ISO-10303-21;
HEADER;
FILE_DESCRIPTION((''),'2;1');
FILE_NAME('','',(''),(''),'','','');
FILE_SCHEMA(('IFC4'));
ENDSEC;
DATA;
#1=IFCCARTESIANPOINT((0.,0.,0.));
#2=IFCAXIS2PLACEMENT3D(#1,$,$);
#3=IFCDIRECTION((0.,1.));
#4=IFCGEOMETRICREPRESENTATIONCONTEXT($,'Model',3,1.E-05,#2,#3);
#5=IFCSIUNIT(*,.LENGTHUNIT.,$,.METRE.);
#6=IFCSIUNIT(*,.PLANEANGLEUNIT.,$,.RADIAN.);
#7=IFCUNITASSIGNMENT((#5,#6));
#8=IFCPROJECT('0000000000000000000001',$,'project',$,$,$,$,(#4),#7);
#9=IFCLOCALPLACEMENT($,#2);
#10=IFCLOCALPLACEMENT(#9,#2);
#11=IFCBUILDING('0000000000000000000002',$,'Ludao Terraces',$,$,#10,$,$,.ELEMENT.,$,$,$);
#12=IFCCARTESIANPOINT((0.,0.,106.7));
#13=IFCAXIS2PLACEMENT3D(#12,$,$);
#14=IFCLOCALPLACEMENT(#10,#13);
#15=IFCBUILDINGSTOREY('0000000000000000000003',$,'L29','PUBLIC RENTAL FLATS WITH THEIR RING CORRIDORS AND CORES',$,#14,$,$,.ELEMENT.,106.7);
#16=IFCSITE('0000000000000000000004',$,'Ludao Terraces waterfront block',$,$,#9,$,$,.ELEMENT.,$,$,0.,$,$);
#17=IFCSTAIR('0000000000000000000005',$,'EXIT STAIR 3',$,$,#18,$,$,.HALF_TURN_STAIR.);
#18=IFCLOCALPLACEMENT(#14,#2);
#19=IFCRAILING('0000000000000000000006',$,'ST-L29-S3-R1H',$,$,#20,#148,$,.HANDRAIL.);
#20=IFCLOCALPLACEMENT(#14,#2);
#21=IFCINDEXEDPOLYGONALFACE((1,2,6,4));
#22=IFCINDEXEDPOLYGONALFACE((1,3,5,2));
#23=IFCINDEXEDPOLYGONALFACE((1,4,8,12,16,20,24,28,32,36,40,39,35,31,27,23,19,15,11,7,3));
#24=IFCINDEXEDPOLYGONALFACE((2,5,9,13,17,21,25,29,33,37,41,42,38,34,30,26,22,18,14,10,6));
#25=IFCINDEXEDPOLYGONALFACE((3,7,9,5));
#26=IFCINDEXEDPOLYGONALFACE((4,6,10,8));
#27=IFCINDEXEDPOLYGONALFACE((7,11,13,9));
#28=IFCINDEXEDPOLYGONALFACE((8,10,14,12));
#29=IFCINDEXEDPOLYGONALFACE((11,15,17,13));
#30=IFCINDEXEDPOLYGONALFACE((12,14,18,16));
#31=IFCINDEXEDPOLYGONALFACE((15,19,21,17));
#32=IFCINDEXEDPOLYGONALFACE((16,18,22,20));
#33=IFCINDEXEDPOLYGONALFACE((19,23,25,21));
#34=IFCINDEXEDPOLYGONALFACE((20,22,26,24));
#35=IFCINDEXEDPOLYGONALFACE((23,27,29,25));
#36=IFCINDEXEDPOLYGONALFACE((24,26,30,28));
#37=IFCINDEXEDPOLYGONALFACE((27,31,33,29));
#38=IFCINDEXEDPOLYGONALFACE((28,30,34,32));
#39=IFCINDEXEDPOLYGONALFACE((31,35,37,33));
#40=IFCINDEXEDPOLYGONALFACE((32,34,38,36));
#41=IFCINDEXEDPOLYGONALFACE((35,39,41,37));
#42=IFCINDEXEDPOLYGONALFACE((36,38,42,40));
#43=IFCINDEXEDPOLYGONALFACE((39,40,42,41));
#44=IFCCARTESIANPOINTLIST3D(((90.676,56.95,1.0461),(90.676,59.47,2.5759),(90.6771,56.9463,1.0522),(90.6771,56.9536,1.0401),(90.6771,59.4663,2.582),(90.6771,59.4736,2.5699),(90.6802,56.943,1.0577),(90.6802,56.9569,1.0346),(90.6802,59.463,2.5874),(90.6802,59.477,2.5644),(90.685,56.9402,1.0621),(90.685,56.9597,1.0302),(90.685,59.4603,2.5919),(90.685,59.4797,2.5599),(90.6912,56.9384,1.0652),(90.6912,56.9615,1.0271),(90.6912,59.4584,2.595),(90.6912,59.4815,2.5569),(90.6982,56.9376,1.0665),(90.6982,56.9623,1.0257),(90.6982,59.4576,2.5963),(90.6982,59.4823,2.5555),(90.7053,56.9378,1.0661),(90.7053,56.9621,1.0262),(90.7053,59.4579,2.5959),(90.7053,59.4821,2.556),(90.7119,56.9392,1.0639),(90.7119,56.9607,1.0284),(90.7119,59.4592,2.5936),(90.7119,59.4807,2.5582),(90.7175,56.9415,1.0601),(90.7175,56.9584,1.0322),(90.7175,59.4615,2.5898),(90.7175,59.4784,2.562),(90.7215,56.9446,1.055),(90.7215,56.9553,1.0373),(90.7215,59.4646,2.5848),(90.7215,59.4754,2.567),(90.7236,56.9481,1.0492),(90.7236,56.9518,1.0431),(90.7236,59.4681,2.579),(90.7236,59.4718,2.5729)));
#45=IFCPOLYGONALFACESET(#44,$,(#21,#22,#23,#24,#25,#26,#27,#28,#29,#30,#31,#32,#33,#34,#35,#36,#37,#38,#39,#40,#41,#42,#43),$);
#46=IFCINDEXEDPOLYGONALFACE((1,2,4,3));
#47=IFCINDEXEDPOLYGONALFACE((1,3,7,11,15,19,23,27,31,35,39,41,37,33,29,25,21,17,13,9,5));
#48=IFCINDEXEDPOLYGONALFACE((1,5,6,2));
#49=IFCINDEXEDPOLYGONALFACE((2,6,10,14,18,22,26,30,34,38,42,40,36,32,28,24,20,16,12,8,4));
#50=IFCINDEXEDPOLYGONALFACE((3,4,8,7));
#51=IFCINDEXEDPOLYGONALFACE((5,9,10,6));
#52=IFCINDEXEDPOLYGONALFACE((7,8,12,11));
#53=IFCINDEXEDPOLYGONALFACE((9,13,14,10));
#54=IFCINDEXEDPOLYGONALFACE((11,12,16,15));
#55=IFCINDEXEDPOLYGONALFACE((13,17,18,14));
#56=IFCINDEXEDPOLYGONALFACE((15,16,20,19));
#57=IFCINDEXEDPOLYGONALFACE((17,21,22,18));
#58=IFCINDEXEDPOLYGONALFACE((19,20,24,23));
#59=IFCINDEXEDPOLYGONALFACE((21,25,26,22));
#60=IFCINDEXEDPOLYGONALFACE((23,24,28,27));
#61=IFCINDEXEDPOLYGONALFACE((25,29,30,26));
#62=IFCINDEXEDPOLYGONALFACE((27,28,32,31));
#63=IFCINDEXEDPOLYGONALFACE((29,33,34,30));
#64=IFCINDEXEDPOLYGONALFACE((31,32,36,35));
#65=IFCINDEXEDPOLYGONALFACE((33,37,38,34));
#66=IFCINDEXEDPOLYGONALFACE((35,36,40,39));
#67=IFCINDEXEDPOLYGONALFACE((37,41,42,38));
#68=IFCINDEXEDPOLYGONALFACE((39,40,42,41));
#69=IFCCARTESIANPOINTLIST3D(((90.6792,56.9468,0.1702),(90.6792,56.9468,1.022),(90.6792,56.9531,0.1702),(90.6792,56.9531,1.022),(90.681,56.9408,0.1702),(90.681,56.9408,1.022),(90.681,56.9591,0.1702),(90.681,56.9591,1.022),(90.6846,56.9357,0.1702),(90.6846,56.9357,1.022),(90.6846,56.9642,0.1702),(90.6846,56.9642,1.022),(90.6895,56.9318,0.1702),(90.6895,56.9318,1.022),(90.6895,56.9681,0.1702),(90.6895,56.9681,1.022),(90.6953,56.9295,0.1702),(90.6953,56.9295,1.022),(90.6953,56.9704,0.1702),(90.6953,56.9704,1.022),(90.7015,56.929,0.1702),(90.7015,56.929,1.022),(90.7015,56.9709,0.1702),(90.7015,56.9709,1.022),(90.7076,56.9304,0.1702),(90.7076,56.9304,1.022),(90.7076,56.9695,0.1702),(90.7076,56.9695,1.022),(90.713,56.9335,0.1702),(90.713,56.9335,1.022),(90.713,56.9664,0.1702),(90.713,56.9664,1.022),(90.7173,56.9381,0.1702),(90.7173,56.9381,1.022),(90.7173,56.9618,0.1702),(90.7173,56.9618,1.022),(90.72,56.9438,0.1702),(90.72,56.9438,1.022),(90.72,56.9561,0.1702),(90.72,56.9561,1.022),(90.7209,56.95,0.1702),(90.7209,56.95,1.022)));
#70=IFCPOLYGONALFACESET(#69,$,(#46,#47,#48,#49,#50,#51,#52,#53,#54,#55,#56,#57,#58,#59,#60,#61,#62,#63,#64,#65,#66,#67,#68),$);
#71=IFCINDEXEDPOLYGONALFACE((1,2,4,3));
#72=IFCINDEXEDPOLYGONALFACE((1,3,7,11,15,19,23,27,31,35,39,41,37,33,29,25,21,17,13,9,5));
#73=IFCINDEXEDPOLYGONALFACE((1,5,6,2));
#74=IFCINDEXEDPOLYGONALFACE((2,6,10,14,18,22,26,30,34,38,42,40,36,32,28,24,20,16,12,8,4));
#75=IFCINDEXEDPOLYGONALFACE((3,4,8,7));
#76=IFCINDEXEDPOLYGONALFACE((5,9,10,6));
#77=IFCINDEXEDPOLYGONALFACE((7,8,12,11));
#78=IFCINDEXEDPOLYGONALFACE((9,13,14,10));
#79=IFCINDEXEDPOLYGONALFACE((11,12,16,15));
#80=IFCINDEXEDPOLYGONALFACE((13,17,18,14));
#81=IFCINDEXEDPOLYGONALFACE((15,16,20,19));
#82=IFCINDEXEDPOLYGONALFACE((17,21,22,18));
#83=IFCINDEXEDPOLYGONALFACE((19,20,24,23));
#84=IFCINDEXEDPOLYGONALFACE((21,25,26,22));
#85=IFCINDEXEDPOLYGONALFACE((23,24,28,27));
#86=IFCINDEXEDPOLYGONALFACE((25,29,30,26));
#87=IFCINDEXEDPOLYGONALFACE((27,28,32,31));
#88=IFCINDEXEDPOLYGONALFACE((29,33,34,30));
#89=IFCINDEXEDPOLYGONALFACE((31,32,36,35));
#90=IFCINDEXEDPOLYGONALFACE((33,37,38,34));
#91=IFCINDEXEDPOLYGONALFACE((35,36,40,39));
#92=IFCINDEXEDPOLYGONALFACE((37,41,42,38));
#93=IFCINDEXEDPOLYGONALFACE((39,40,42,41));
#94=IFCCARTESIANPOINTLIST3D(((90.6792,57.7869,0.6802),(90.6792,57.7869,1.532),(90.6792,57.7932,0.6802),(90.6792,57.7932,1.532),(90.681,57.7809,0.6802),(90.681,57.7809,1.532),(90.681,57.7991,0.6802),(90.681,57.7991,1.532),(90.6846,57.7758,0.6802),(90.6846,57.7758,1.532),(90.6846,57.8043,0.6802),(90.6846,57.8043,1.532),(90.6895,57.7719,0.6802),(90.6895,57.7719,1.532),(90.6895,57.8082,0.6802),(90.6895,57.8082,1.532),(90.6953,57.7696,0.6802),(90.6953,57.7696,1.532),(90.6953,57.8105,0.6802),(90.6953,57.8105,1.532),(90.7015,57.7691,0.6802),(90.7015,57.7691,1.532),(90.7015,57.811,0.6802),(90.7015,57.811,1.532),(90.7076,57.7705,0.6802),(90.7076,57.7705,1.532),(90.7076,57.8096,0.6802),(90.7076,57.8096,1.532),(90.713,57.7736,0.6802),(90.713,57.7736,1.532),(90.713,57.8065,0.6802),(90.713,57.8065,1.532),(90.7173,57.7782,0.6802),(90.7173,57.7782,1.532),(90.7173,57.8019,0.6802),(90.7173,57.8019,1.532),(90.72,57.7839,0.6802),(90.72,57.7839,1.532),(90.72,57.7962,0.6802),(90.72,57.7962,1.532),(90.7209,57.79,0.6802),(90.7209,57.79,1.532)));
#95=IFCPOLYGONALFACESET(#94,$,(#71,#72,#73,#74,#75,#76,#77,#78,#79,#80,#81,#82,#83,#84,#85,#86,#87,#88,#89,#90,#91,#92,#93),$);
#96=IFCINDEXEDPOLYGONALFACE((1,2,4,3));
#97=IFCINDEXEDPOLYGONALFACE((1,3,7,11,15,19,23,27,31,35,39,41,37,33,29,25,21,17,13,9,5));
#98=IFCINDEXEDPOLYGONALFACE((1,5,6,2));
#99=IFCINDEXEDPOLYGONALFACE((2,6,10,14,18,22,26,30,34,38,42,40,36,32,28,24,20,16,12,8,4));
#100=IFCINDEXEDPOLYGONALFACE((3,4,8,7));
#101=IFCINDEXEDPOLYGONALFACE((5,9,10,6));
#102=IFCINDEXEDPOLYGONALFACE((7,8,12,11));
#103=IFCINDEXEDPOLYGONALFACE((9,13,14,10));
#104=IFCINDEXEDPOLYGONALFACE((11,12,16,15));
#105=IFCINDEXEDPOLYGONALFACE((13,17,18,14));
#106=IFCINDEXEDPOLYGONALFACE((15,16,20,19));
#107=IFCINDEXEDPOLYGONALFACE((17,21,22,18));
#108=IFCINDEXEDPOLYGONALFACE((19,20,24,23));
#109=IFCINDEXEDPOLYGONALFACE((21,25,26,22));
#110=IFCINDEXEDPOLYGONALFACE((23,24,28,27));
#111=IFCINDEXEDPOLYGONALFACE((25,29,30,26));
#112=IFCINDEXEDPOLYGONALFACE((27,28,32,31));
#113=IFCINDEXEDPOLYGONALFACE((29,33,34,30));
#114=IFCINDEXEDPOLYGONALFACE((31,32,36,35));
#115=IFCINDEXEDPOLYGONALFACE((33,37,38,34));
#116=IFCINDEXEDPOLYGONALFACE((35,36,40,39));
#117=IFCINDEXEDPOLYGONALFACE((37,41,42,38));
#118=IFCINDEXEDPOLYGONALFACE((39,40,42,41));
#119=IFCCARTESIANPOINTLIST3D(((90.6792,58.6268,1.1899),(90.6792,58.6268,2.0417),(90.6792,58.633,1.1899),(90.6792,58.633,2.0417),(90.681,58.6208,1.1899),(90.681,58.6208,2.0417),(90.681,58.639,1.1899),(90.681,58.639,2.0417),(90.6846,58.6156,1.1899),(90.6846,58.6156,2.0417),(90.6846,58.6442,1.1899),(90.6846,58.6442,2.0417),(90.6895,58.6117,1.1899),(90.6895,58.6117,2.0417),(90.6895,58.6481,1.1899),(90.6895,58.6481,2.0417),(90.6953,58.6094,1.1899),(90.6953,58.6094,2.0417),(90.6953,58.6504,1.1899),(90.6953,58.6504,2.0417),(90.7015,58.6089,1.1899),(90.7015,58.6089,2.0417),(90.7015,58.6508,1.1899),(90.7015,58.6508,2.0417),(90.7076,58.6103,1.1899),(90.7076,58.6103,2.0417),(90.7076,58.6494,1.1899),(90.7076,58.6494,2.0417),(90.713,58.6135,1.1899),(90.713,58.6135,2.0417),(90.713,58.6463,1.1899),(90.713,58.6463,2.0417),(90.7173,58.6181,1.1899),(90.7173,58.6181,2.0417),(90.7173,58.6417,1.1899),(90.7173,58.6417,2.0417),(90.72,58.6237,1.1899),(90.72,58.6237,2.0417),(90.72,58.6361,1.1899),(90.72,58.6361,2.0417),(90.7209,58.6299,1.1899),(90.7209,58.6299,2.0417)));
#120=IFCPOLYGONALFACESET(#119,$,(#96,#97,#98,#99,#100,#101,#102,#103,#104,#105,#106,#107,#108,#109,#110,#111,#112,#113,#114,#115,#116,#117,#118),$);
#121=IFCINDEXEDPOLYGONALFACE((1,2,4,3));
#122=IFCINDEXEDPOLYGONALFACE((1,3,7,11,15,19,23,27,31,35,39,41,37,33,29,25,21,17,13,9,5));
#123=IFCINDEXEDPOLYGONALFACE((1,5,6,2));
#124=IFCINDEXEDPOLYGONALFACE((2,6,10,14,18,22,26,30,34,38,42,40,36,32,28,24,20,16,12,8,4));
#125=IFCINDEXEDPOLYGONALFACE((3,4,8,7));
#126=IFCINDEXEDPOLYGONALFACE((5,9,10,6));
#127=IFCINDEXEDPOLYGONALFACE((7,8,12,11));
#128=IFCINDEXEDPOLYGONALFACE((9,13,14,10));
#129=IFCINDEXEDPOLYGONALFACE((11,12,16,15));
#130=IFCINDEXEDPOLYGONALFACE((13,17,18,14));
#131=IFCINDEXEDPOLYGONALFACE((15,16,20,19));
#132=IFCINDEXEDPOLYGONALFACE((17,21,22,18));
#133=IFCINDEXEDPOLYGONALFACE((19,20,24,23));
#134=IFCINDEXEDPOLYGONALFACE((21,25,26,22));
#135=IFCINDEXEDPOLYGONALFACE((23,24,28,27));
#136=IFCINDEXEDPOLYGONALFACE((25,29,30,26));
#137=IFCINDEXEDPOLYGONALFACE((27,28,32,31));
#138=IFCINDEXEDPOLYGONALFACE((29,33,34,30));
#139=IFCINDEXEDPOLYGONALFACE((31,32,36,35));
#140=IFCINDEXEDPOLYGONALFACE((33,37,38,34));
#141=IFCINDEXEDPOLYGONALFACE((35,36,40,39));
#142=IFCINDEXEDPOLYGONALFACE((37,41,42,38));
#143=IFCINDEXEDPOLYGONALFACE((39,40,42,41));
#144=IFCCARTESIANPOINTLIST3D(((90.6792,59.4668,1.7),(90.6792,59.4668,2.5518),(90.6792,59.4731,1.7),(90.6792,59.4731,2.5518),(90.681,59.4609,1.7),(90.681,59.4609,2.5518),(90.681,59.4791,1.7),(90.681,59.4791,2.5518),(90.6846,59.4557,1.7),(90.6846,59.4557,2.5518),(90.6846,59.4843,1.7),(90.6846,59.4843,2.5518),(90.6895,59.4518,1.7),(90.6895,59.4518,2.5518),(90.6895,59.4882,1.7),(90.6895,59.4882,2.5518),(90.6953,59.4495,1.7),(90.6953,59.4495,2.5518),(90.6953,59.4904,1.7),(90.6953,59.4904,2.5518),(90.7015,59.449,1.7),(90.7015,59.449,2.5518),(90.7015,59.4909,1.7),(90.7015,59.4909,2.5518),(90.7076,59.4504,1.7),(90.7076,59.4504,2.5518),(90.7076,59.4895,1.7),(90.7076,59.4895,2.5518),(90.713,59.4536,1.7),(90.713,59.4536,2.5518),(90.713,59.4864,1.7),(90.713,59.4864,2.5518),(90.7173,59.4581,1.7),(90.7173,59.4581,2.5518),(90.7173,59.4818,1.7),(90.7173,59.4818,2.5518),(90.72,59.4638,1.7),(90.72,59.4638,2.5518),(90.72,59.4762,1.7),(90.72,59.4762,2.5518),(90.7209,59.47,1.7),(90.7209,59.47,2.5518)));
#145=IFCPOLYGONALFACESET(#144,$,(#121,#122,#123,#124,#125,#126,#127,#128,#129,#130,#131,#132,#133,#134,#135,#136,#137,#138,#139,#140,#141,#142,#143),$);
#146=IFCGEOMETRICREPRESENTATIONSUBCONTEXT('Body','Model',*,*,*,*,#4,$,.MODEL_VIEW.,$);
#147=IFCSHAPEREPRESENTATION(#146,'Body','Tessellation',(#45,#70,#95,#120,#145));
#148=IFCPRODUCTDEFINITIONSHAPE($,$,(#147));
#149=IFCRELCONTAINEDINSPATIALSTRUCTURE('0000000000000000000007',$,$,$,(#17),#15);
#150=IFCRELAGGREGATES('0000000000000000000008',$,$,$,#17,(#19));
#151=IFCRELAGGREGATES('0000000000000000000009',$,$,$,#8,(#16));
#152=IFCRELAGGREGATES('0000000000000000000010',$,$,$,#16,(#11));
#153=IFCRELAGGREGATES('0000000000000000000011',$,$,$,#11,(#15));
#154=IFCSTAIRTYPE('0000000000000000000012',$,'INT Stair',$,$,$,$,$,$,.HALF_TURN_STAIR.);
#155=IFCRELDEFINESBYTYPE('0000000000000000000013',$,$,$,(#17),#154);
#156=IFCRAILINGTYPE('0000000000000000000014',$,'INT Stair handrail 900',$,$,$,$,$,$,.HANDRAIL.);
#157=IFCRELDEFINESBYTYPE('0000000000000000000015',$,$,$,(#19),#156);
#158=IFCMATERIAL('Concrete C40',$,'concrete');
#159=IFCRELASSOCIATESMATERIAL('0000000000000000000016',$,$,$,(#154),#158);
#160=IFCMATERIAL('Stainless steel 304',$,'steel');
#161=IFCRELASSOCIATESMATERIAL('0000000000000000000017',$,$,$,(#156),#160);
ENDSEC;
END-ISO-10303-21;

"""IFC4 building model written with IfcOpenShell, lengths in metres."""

from ifc_helpers import new_model, si_unit, direction, frame, origin, origin_2d, place, context, subcontext, project, spatial, circle, extrude, material, type_object, element, aggregate, save


model = new_model("IFC4")

# Units and contexts
model_context = context("Model", 3, precision=1e-05, world=origin(), true_north=direction((0.0, 1.0)))
body_context = subcontext(model_context, "Body", "Model", "MODEL_VIEW")
ifc_project = project(units=[si_unit("LENGTHUNIT", "METRE"), si_unit("PLANEANGLEUNIT", "RADIAN")], contexts=[model_context])

# Site, building, storey
site_placement = place(None, origin())
site = spatial("IfcSite", under=ifc_project, at=site_placement, Name="Ludao Terraces waterfront block", CompositionType="ELEMENT", RefElevation=0.0)
building_placement = place(site_placement, origin())
building = spatial("IfcBuilding", under=site, at=building_placement, Name="Ludao Terraces", CompositionType="ELEMENT")
storey_placement = place(building_placement, frame((0.0, 0.0, 106.7)))
storey = spatial("IfcBuildingStorey", under=building, at=storey_placement, Name="L29", Description="PUBLIC RENTAL FLATS WITH THEIR RING CORRIDORS AND CORES", CompositionType="ELEMENT", Elevation=106.7)

# Shared definitions
ifc_material_1 = material(Name="Concrete C40", Category="concrete")

# Stair, railing
stair_type = type_object("IfcStairType", Name="INT Stair", PredefinedType="HALF_TURN_STAIR", material=ifc_material_1)
stair_placement = place(storey_placement, origin())
stair = element("IfcStair", 1, at=stair_placement, inside=storey, type_object=stair_type, Name="EXIT STAIR 3", PredefinedType="HALF_TURN_STAIR")
ifc_material_2 = material(Name="Stainless steel 304", Category="steel")
railing_type_1 = type_object("IfcRailingType", Name="INT Stair handrail 900", PredefinedType="HANDRAIL", material=ifc_material_2)
railing_1_placement = place(storey_placement, frame((90.7, 56.95, 0.1702)))
railing_1 = element("IfcRailing", 2, at=railing_1_placement, type_object=railing_type_1, Name="ST-L29-S3-R1H", PredefinedType="HANDRAIL", context=body_context, shape_type="SweptSolid", body=[
    extrude(circle(Radius=0.0239, at=origin_2d()), frame((0.0, 0.0, 0.876), z_axis=(0.0, 0.854822, 0.518922), x_axis=(-1.0, 0.0, 0.0)), (0.0, 0.0, 1.0), 2.948),
    extrude(circle(Radius=0.021, at=origin_2d()), origin(), (0.0, 0.0, 1.0), 0.8518),
    extrude(circle(Radius=0.021, at=origin_2d()), frame((0.0, 0.8401, 0.51)), (0.0, 0.0, 1.0), 0.8518),
    extrude(circle(Radius=0.021, at=origin_2d()), frame((0.0, 1.6799, 1.0198)), (0.0, 0.0, 1.0), 0.8518),
    extrude(circle(Radius=0.021, at=origin_2d()), frame((0.0, 2.52, 1.5298)), (0.0, 0.0, 1.0), 0.8518),
])
aggregate(stair, [railing_1])

save(model, "model.ifc")
